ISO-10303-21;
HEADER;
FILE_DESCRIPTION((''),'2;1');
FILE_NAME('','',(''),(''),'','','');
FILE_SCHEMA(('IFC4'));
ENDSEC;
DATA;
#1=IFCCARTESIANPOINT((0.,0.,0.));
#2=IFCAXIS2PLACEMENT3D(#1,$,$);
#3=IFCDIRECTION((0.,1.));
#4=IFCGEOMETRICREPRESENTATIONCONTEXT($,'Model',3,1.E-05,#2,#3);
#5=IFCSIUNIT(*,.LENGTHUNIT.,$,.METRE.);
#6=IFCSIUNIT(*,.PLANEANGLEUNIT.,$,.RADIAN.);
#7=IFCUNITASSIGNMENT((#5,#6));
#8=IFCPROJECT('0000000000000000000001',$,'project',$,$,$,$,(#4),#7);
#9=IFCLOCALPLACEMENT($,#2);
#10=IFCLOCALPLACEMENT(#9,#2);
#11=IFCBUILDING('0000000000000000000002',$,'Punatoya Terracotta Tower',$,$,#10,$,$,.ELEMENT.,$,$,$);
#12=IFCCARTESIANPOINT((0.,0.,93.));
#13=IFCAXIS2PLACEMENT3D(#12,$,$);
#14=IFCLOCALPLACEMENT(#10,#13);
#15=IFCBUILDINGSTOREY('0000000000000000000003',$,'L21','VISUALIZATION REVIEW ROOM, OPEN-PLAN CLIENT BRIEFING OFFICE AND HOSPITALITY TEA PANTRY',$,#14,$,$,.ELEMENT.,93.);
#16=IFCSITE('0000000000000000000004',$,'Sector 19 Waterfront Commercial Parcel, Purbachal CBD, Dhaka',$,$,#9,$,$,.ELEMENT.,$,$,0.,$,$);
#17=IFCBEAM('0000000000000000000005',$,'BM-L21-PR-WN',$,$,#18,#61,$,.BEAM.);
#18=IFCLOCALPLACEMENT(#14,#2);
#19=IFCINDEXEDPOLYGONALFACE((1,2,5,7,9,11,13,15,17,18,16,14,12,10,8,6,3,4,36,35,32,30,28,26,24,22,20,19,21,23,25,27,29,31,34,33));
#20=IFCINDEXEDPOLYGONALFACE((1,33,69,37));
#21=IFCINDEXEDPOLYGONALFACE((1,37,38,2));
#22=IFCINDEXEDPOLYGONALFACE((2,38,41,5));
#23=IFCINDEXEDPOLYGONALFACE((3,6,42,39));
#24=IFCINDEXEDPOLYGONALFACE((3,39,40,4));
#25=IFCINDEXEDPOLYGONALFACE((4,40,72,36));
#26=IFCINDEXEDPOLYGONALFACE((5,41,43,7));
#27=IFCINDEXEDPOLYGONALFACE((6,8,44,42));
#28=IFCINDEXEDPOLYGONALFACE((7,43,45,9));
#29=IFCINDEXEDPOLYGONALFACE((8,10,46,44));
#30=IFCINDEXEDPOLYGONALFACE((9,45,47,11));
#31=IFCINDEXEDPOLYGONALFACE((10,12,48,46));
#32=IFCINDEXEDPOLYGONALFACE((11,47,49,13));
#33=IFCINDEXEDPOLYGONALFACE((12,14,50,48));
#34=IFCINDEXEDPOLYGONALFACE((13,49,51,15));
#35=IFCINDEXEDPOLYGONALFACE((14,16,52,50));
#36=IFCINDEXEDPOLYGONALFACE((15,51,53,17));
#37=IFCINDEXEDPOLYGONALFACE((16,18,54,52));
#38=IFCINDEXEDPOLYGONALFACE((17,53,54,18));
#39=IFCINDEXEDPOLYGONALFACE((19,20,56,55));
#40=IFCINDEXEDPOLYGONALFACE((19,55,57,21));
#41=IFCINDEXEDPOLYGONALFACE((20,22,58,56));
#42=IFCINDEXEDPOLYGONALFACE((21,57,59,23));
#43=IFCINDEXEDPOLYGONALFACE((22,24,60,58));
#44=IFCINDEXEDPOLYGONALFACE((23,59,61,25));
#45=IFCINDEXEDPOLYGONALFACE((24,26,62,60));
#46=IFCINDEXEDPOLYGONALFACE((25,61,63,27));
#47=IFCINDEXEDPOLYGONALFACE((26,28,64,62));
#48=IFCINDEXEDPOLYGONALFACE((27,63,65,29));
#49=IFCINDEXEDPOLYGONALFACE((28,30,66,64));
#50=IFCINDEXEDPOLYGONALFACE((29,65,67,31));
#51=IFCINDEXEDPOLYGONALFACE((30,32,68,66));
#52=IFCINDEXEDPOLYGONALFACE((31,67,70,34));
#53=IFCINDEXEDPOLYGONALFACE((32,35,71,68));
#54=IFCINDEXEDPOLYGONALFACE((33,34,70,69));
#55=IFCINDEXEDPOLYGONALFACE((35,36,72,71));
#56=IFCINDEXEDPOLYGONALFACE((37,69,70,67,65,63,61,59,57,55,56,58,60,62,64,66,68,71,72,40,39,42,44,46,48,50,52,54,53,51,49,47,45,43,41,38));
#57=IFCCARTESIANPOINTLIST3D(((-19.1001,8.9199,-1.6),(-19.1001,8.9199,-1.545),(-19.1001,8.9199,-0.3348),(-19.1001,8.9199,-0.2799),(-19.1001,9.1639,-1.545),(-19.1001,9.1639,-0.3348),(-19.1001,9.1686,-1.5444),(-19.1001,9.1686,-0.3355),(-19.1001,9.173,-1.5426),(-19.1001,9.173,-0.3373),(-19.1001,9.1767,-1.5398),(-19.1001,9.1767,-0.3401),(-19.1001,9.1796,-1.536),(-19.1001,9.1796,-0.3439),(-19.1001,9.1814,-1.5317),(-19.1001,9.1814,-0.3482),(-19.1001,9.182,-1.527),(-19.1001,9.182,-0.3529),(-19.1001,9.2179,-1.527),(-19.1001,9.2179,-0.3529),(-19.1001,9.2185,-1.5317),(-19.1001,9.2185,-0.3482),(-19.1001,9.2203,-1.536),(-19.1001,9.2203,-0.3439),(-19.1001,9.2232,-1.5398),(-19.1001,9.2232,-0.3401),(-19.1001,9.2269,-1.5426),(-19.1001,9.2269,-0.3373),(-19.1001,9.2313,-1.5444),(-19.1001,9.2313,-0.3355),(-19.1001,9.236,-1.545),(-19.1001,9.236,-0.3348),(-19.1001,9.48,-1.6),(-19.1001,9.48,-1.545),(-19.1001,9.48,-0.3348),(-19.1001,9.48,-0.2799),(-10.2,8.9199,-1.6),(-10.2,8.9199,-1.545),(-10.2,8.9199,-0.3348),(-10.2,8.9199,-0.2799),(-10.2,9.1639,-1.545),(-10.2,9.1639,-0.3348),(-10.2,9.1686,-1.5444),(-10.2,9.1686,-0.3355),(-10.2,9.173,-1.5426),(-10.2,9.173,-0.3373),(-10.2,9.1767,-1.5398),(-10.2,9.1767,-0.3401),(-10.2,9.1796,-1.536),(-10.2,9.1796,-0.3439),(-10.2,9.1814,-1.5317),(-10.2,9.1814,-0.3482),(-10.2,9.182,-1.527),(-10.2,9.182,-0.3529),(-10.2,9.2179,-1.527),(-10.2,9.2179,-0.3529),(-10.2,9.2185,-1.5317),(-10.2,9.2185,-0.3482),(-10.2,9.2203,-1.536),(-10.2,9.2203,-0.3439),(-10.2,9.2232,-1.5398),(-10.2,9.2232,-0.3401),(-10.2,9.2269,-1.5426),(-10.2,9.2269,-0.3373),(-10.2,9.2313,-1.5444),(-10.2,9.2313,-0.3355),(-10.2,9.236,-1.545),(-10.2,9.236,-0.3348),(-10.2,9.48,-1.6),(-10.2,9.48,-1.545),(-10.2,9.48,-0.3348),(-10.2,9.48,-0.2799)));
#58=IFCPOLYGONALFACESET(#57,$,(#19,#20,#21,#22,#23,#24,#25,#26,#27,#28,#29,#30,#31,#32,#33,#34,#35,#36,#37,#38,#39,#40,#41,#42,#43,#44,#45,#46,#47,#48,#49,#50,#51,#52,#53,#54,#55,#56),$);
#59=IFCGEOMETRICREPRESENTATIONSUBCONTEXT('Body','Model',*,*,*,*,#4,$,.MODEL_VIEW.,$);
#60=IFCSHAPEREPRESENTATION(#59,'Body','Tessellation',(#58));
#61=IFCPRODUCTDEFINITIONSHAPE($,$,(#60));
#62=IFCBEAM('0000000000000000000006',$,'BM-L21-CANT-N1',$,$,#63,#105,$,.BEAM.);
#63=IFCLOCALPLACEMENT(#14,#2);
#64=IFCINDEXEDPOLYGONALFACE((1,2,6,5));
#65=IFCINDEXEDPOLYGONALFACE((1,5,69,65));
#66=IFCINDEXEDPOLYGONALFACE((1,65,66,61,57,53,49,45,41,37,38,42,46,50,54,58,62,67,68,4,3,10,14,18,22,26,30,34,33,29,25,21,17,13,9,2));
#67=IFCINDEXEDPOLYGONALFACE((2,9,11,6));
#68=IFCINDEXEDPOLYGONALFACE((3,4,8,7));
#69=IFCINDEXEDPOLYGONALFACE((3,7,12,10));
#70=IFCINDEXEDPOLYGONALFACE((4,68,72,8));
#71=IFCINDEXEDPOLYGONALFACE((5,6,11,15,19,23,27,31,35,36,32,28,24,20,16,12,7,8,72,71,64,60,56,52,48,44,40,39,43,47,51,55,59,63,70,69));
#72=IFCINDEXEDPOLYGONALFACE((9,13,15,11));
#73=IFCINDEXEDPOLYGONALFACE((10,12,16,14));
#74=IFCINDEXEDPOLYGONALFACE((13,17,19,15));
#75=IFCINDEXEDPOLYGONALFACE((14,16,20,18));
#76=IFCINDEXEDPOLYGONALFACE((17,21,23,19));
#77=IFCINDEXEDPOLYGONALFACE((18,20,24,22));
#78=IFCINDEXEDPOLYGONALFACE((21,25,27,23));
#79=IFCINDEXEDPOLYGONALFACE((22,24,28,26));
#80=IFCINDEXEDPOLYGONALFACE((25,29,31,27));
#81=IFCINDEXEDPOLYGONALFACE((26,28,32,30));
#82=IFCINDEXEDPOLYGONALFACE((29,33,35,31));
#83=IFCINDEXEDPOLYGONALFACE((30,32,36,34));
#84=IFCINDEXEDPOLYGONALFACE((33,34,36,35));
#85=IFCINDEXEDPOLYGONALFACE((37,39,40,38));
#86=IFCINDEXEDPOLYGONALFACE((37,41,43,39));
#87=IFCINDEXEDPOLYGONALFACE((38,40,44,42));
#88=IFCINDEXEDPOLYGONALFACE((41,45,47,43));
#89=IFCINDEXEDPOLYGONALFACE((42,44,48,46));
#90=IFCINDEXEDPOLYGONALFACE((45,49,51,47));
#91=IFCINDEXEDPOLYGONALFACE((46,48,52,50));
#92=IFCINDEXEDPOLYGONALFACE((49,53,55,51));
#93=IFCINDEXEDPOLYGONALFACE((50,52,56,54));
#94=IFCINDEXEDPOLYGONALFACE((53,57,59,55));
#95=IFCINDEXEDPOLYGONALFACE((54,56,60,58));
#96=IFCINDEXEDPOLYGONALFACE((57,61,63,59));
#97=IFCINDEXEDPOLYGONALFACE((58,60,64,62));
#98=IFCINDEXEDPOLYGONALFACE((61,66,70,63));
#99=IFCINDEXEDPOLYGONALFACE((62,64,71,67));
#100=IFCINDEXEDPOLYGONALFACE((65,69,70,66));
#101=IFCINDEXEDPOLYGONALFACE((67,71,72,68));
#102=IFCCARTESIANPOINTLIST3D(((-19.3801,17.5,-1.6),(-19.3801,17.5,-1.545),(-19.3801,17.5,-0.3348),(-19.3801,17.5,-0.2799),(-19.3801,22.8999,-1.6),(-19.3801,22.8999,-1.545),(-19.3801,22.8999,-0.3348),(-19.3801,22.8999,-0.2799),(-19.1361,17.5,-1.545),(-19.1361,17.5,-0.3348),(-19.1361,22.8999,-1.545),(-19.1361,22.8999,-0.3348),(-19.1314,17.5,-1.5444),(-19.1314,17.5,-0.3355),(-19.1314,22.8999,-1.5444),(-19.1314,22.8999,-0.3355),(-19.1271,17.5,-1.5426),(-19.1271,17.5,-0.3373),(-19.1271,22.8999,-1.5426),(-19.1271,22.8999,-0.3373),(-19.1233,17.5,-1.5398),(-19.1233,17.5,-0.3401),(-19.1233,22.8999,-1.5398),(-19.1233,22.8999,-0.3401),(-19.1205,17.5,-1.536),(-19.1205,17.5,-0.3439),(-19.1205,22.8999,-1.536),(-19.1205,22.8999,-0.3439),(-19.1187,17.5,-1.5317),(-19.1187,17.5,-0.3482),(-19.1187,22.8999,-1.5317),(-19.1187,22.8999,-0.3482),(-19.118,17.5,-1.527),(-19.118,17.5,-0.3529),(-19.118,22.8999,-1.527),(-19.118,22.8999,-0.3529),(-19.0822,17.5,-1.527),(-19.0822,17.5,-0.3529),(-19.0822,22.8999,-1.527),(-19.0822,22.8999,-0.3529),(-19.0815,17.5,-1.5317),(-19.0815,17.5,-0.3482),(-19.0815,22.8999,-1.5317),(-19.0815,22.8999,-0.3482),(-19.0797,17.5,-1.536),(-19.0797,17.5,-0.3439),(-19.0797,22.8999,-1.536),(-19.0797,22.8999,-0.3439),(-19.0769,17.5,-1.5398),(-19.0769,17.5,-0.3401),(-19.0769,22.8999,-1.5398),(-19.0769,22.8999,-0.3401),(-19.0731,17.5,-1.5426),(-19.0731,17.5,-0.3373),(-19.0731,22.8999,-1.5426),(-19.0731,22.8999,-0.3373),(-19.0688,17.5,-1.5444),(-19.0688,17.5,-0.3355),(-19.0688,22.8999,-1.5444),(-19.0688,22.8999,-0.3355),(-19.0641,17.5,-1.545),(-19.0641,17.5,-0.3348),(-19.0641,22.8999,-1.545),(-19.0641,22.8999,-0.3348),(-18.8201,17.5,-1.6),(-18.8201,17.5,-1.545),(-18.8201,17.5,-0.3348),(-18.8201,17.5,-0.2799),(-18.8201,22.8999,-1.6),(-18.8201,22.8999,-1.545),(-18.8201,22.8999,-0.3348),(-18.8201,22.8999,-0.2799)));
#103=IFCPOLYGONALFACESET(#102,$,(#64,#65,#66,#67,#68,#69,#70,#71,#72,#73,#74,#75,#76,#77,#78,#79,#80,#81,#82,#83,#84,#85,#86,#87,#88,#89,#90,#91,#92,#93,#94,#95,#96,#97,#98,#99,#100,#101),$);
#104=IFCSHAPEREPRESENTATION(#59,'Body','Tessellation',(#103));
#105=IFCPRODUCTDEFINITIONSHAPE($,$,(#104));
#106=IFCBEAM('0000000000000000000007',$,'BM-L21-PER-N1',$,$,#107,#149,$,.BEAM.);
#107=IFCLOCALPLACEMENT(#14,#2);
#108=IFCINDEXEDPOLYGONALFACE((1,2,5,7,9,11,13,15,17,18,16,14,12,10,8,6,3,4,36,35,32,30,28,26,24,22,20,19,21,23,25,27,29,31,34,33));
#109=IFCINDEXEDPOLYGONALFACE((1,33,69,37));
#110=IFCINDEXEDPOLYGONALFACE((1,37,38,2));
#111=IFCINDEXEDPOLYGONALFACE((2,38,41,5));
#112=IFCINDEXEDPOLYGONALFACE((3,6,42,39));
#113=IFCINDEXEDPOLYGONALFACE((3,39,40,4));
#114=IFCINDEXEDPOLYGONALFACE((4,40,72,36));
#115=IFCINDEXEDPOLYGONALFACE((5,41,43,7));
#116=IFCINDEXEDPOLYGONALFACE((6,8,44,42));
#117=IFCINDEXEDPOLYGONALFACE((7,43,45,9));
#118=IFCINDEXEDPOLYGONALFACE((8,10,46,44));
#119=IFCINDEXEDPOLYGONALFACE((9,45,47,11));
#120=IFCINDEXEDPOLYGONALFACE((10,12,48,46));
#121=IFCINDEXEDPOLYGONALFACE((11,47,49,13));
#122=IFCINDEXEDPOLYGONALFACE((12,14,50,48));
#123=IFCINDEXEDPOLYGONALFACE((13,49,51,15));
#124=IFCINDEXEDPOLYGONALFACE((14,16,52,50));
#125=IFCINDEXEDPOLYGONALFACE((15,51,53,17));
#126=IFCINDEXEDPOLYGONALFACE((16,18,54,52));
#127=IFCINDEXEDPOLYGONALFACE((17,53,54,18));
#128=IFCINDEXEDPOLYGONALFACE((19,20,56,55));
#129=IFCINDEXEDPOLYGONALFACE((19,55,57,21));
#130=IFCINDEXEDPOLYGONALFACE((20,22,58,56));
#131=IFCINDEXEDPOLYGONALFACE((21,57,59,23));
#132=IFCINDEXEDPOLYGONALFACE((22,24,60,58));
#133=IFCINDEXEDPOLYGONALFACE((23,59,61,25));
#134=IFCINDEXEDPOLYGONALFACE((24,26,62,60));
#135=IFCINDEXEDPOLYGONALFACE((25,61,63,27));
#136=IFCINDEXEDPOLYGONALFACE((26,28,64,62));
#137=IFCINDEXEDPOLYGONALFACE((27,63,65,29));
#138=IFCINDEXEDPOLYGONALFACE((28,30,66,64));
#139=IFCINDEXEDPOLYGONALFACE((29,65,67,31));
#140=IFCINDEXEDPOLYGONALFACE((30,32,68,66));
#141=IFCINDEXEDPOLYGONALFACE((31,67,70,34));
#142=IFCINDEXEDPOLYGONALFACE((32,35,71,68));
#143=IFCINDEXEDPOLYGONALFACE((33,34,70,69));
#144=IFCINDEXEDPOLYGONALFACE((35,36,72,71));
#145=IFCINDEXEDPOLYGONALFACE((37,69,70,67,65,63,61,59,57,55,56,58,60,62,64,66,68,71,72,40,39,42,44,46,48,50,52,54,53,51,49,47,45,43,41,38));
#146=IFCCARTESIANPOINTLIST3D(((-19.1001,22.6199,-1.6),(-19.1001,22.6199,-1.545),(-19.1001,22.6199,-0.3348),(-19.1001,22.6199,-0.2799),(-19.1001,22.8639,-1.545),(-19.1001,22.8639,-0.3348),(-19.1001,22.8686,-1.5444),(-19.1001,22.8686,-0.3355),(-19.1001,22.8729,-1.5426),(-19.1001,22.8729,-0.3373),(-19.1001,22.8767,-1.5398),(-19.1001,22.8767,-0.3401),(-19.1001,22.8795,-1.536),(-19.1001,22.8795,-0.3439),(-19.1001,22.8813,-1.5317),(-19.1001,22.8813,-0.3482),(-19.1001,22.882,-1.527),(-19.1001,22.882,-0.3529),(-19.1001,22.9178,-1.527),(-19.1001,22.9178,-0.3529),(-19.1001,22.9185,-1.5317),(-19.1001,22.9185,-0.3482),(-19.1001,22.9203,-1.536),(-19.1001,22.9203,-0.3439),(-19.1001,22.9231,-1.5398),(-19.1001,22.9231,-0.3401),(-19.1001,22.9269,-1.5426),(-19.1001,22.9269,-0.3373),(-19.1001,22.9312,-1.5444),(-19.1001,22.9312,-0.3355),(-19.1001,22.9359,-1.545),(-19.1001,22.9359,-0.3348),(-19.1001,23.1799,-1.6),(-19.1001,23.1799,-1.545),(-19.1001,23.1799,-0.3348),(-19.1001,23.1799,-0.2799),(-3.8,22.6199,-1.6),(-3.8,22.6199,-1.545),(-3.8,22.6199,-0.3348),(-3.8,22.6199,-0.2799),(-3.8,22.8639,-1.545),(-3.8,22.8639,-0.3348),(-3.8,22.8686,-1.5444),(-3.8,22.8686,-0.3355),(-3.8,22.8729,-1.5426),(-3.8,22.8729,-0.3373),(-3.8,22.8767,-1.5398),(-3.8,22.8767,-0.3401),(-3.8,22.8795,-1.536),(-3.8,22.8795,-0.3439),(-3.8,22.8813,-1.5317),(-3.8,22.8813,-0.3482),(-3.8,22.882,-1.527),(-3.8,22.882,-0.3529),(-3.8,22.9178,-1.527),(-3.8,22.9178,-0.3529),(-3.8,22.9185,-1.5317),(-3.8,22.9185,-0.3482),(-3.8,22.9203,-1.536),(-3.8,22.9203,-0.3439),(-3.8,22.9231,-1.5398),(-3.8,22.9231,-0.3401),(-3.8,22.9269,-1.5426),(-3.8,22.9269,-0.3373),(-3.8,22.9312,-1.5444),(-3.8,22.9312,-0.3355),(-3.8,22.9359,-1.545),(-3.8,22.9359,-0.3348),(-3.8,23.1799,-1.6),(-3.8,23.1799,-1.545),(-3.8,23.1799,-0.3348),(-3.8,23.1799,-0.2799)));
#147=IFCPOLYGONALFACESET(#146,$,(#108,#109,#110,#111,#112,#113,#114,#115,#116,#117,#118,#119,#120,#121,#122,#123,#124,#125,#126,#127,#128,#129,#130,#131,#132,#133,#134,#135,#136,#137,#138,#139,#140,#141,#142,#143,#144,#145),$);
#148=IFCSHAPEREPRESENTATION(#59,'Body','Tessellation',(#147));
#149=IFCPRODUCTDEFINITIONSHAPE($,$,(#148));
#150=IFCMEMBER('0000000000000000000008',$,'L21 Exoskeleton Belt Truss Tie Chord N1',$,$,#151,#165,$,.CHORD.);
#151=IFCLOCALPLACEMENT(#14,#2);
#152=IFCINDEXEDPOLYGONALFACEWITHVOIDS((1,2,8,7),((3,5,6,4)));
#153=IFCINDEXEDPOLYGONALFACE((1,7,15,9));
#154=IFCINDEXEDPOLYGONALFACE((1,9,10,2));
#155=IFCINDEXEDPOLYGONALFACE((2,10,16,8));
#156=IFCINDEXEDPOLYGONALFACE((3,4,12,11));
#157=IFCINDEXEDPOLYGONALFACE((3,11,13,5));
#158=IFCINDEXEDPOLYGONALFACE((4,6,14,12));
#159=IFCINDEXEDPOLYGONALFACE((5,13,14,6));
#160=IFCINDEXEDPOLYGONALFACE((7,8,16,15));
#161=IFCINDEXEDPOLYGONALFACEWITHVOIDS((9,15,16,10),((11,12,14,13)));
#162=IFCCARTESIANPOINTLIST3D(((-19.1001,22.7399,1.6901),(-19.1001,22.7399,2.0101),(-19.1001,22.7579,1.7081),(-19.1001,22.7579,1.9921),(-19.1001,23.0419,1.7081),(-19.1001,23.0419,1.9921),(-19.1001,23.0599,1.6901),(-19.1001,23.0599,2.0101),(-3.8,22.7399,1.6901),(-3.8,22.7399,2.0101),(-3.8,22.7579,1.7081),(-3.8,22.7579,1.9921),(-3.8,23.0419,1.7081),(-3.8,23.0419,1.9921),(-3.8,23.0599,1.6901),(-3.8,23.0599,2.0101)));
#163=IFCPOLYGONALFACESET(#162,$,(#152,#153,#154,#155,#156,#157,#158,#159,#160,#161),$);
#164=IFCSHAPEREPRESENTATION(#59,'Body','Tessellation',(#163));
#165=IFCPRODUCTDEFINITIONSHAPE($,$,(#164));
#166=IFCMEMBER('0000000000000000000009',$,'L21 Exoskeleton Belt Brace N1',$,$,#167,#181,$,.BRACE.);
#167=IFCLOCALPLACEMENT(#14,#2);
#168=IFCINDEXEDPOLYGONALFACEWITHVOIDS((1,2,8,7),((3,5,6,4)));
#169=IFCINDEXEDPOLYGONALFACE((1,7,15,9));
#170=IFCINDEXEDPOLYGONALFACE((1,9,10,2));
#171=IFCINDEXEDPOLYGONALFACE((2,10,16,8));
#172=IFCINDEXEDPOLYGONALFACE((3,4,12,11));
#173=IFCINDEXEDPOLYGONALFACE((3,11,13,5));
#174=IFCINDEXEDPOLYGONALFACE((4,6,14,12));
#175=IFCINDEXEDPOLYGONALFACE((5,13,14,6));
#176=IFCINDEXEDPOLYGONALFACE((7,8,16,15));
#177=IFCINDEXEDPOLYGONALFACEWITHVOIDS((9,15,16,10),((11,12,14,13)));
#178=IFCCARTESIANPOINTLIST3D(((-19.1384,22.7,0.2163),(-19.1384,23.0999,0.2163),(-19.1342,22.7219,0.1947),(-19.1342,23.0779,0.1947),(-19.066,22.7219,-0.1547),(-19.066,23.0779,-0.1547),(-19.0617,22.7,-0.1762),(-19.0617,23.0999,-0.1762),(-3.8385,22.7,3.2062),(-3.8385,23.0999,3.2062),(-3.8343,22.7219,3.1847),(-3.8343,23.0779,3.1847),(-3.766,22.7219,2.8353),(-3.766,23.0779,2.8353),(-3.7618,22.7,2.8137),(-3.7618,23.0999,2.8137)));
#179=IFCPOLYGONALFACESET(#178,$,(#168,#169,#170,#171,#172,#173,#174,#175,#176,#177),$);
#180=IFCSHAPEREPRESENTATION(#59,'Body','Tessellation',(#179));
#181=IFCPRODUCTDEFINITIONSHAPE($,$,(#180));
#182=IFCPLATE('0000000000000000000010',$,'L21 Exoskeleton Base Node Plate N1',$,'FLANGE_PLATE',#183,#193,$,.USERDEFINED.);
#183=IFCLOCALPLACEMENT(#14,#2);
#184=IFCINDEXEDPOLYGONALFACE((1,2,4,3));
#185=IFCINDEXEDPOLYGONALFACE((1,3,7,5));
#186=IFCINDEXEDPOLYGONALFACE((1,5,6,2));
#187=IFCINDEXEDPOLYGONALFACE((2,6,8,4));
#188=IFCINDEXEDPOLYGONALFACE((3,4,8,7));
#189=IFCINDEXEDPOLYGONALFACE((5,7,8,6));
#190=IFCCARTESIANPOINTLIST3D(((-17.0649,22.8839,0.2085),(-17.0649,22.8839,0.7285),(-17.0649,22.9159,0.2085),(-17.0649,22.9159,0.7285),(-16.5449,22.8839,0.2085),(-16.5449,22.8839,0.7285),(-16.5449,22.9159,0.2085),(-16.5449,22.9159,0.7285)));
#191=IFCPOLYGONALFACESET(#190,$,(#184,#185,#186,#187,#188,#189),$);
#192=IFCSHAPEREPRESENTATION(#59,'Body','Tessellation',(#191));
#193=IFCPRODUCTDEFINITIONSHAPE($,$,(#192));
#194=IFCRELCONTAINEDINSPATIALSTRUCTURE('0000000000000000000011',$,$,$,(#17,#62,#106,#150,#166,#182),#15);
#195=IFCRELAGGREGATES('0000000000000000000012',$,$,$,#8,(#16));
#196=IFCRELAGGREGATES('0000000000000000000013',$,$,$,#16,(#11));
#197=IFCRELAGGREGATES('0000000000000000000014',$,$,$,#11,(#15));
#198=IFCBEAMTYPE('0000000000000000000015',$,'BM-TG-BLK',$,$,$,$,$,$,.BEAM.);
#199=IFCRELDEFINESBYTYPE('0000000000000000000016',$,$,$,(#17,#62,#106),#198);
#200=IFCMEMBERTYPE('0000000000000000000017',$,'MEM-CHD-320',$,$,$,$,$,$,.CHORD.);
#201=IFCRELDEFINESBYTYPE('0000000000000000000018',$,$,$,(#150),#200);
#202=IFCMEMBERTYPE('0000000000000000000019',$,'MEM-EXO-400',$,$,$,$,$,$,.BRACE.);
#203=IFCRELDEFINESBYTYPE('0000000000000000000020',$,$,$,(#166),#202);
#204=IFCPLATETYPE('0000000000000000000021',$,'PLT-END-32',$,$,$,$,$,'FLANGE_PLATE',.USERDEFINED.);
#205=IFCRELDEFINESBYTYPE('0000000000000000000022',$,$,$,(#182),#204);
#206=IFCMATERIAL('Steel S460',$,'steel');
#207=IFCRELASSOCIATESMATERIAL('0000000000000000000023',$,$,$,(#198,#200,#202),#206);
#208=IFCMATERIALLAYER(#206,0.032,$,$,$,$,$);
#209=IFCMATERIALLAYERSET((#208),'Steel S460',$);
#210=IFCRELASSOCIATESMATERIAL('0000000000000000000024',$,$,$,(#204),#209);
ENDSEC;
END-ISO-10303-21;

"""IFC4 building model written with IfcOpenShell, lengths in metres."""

from ifc_helpers import new_model, si_unit, direction, frame, origin, origin_2d, place, context, subcontext, project, spatial, rectangle, hollow_rectangle, i_section, extrude, material, layer, layer_set, material_profile, profile_set, type_object, element, save


model = new_model("IFC4")

# Units and contexts
model_context = context("Model", 3, precision=1e-05, world=origin(), true_north=direction((0.0, 1.0)))
body_context = subcontext(model_context, "Body", "Model", "MODEL_VIEW")
ifc_project = project(units=[si_unit("LENGTHUNIT", "METRE"), si_unit("PLANEANGLEUNIT", "RADIAN")], contexts=[model_context])

# Site, building, storey
site_placement = place(None, origin())
site = spatial("IfcSite", under=ifc_project, at=site_placement, Name="Sector 19 Waterfront Commercial Parcel, Purbachal CBD, Dhaka", CompositionType="ELEMENT", RefElevation=0.0)
building_placement = place(site_placement, origin())
building = spatial("IfcBuilding", under=site, at=building_placement, Name="Punatoya Terracotta Tower", CompositionType="ELEMENT")
storey_placement = place(building_placement, frame((0.0, 0.0, 93.0)))
storey = spatial("IfcBuildingStorey", under=building, at=storey_placement, Name="L21", Description="VISUALIZATION REVIEW ROOM, OPEN-PLAN CLIENT BRIEFING OFFICE AND HOSPITALITY TEA PANTRY", CompositionType="ELEMENT", Elevation=93.0)

# Shared definitions
ifc_material_1 = material(Name="Steel S460", Category="steel")

# Beams
ifc_material_profile_1 = material_profile(ifc_material_1, i_section(OverallWidth=0.5601, OverallDepth=1.3201, WebThickness=0.0359, FlangeThickness=0.0549, FilletRadius=0.0181, at=origin_2d()))
ifc_profile_set_1 = profile_set([ifc_material_profile_1], Name="Steel S460")
beam_type_1 = type_object("IfcBeamType", Name="BM-TG-BLK", PredefinedType="BEAM", material=ifc_profile_set_1)
beam_1_placement = place(storey_placement, frame((-19.1001, 9.2, -0.9399), z_axis=(1.0, 0.0, 0.0), x_axis=(0.0, 1.0, 0.0)))
element("IfcBeam", 1, at=beam_1_placement, inside=storey, type_object=beam_type_1, Name="BM-L21-PR-WN", PredefinedType="BEAM", context=body_context, shape_type="SweptSolid", body=[
    extrude(i_section(OverallWidth=0.5601, OverallDepth=1.3201, WebThickness=0.0359, FlangeThickness=0.0549, FilletRadius=0.0181, at=origin_2d()), origin(), (0.0, 0.0, 1.0), 8.9001),
])
beam_2_placement = place(storey_placement, frame((-19.1001, 17.5, -0.9399), z_axis=(0.0, 1.0, 0.0), x_axis=(-1.0, 0.0, 0.0)))
element("IfcBeam", 2, at=beam_2_placement, inside=storey, type_object=beam_type_1, Name="BM-L21-CANT-N1", PredefinedType="BEAM", context=body_context, shape_type="SweptSolid", body=[
    extrude(i_section(OverallWidth=0.5601, OverallDepth=1.3201, WebThickness=0.0359, FlangeThickness=0.0549, FilletRadius=0.0181, at=origin_2d()), origin(), (0.0, 0.0, 1.0), 5.3999),
])
beam_3_placement = place(storey_placement, frame((-19.1001, 22.8999, -0.9399), z_axis=(1.0, 0.0, 0.0), x_axis=(0.0, 1.0, 0.0)))
element("IfcBeam", 3, at=beam_3_placement, inside=storey, type_object=beam_type_1, Name="BM-L21-PER-N1", PredefinedType="BEAM", context=body_context, shape_type="SweptSolid", body=[
    extrude(i_section(OverallWidth=0.5601, OverallDepth=1.3201, WebThickness=0.0359, FlangeThickness=0.0549, FilletRadius=0.0181, at=origin_2d()), origin(), (0.0, 0.0, 1.0), 15.3),
])

# Members
ifc_material_profile_2 = material_profile(ifc_material_1, hollow_rectangle(XDim=0.3201, YDim=0.3201, WallThickness=0.0181, at=origin_2d()))
ifc_profile_set_2 = profile_set([ifc_material_profile_2], Name="Steel S460")
member_type_1 = type_object("IfcMemberType", Name="MEM-CHD-320", PredefinedType="CHORD", material=ifc_profile_set_2)
member_1_placement = place(storey_placement, frame((-19.1001, 22.8999, 1.8501), z_axis=(1.0, 0.0, 0.0), x_axis=(0.0, 1.0, 0.0)))
element("IfcMember", 4, at=member_1_placement, inside=storey, type_object=member_type_1, Name="L21 Exoskeleton Belt Truss Tie Chord N1", PredefinedType="CHORD", context=body_context, shape_type="SweptSolid", body=[
    extrude(hollow_rectangle(XDim=0.3201, YDim=0.3201, WallThickness=0.0181, at=origin_2d()), origin(), (0.0, 0.0, 1.0), 15.3),
])
ifc_material_profile_3 = material_profile(ifc_material_1, hollow_rectangle(XDim=0.3999, YDim=0.3999, WallThickness=0.022, at=origin_2d()))
ifc_profile_set_3 = profile_set([ifc_material_profile_3], Name="Steel S460")
member_type_2 = type_object("IfcMemberType", Name="MEM-EXO-400", PredefinedType="BRACE", material=ifc_profile_set_3)
member_2_placement = place(storey_placement, frame((-19.1001, 22.8999, 0.02), z_axis=(0.981435, 0.0, 0.191796), x_axis=(0.0, 1.0, 0.0)))
element("IfcMember", 5, at=member_2_placement, inside=storey, type_object=member_type_2, Name="L21 Exoskeleton Belt Brace N1", PredefinedType="BRACE", context=body_context, shape_type="SweptSolid", body=[
    extrude(hollow_rectangle(XDim=0.3999, YDim=0.3999, WallThickness=0.022, at=origin_2d()), origin(), (0.0, 0.0, 1.0), 15.5894),
])

# Plate
ifc_layer_1 = layer(ifc_material_1, 0.032)
ifc_layer_set_1 = layer_set([ifc_layer_1], Name="Steel S460")
plate_type_1 = type_object("IfcPlateType", Name="PLT-END-32", ElementType="FLANGE_PLATE", PredefinedType="USERDEFINED", material=ifc_layer_set_1)
plate_1_placement = place(storey_placement, frame((-16.8049, 22.8999, 0.2085), z_axis=(0.0, 0.0, 1.0), x_axis=(1.0, 0.0, 0.0)))
element("IfcPlate", 6, at=plate_1_placement, inside=storey, type_object=plate_type_1, Name="L21 Exoskeleton Base Node Plate N1", ObjectType="FLANGE_PLATE", PredefinedType="USERDEFINED", context=body_context, shape_type="SweptSolid", body=[
    extrude(rectangle(XDim=0.52, YDim=0.032, at=origin_2d()), origin(), (0.0, 0.0, 1.0), 0.52),
])

save(model, "model.ifc")
